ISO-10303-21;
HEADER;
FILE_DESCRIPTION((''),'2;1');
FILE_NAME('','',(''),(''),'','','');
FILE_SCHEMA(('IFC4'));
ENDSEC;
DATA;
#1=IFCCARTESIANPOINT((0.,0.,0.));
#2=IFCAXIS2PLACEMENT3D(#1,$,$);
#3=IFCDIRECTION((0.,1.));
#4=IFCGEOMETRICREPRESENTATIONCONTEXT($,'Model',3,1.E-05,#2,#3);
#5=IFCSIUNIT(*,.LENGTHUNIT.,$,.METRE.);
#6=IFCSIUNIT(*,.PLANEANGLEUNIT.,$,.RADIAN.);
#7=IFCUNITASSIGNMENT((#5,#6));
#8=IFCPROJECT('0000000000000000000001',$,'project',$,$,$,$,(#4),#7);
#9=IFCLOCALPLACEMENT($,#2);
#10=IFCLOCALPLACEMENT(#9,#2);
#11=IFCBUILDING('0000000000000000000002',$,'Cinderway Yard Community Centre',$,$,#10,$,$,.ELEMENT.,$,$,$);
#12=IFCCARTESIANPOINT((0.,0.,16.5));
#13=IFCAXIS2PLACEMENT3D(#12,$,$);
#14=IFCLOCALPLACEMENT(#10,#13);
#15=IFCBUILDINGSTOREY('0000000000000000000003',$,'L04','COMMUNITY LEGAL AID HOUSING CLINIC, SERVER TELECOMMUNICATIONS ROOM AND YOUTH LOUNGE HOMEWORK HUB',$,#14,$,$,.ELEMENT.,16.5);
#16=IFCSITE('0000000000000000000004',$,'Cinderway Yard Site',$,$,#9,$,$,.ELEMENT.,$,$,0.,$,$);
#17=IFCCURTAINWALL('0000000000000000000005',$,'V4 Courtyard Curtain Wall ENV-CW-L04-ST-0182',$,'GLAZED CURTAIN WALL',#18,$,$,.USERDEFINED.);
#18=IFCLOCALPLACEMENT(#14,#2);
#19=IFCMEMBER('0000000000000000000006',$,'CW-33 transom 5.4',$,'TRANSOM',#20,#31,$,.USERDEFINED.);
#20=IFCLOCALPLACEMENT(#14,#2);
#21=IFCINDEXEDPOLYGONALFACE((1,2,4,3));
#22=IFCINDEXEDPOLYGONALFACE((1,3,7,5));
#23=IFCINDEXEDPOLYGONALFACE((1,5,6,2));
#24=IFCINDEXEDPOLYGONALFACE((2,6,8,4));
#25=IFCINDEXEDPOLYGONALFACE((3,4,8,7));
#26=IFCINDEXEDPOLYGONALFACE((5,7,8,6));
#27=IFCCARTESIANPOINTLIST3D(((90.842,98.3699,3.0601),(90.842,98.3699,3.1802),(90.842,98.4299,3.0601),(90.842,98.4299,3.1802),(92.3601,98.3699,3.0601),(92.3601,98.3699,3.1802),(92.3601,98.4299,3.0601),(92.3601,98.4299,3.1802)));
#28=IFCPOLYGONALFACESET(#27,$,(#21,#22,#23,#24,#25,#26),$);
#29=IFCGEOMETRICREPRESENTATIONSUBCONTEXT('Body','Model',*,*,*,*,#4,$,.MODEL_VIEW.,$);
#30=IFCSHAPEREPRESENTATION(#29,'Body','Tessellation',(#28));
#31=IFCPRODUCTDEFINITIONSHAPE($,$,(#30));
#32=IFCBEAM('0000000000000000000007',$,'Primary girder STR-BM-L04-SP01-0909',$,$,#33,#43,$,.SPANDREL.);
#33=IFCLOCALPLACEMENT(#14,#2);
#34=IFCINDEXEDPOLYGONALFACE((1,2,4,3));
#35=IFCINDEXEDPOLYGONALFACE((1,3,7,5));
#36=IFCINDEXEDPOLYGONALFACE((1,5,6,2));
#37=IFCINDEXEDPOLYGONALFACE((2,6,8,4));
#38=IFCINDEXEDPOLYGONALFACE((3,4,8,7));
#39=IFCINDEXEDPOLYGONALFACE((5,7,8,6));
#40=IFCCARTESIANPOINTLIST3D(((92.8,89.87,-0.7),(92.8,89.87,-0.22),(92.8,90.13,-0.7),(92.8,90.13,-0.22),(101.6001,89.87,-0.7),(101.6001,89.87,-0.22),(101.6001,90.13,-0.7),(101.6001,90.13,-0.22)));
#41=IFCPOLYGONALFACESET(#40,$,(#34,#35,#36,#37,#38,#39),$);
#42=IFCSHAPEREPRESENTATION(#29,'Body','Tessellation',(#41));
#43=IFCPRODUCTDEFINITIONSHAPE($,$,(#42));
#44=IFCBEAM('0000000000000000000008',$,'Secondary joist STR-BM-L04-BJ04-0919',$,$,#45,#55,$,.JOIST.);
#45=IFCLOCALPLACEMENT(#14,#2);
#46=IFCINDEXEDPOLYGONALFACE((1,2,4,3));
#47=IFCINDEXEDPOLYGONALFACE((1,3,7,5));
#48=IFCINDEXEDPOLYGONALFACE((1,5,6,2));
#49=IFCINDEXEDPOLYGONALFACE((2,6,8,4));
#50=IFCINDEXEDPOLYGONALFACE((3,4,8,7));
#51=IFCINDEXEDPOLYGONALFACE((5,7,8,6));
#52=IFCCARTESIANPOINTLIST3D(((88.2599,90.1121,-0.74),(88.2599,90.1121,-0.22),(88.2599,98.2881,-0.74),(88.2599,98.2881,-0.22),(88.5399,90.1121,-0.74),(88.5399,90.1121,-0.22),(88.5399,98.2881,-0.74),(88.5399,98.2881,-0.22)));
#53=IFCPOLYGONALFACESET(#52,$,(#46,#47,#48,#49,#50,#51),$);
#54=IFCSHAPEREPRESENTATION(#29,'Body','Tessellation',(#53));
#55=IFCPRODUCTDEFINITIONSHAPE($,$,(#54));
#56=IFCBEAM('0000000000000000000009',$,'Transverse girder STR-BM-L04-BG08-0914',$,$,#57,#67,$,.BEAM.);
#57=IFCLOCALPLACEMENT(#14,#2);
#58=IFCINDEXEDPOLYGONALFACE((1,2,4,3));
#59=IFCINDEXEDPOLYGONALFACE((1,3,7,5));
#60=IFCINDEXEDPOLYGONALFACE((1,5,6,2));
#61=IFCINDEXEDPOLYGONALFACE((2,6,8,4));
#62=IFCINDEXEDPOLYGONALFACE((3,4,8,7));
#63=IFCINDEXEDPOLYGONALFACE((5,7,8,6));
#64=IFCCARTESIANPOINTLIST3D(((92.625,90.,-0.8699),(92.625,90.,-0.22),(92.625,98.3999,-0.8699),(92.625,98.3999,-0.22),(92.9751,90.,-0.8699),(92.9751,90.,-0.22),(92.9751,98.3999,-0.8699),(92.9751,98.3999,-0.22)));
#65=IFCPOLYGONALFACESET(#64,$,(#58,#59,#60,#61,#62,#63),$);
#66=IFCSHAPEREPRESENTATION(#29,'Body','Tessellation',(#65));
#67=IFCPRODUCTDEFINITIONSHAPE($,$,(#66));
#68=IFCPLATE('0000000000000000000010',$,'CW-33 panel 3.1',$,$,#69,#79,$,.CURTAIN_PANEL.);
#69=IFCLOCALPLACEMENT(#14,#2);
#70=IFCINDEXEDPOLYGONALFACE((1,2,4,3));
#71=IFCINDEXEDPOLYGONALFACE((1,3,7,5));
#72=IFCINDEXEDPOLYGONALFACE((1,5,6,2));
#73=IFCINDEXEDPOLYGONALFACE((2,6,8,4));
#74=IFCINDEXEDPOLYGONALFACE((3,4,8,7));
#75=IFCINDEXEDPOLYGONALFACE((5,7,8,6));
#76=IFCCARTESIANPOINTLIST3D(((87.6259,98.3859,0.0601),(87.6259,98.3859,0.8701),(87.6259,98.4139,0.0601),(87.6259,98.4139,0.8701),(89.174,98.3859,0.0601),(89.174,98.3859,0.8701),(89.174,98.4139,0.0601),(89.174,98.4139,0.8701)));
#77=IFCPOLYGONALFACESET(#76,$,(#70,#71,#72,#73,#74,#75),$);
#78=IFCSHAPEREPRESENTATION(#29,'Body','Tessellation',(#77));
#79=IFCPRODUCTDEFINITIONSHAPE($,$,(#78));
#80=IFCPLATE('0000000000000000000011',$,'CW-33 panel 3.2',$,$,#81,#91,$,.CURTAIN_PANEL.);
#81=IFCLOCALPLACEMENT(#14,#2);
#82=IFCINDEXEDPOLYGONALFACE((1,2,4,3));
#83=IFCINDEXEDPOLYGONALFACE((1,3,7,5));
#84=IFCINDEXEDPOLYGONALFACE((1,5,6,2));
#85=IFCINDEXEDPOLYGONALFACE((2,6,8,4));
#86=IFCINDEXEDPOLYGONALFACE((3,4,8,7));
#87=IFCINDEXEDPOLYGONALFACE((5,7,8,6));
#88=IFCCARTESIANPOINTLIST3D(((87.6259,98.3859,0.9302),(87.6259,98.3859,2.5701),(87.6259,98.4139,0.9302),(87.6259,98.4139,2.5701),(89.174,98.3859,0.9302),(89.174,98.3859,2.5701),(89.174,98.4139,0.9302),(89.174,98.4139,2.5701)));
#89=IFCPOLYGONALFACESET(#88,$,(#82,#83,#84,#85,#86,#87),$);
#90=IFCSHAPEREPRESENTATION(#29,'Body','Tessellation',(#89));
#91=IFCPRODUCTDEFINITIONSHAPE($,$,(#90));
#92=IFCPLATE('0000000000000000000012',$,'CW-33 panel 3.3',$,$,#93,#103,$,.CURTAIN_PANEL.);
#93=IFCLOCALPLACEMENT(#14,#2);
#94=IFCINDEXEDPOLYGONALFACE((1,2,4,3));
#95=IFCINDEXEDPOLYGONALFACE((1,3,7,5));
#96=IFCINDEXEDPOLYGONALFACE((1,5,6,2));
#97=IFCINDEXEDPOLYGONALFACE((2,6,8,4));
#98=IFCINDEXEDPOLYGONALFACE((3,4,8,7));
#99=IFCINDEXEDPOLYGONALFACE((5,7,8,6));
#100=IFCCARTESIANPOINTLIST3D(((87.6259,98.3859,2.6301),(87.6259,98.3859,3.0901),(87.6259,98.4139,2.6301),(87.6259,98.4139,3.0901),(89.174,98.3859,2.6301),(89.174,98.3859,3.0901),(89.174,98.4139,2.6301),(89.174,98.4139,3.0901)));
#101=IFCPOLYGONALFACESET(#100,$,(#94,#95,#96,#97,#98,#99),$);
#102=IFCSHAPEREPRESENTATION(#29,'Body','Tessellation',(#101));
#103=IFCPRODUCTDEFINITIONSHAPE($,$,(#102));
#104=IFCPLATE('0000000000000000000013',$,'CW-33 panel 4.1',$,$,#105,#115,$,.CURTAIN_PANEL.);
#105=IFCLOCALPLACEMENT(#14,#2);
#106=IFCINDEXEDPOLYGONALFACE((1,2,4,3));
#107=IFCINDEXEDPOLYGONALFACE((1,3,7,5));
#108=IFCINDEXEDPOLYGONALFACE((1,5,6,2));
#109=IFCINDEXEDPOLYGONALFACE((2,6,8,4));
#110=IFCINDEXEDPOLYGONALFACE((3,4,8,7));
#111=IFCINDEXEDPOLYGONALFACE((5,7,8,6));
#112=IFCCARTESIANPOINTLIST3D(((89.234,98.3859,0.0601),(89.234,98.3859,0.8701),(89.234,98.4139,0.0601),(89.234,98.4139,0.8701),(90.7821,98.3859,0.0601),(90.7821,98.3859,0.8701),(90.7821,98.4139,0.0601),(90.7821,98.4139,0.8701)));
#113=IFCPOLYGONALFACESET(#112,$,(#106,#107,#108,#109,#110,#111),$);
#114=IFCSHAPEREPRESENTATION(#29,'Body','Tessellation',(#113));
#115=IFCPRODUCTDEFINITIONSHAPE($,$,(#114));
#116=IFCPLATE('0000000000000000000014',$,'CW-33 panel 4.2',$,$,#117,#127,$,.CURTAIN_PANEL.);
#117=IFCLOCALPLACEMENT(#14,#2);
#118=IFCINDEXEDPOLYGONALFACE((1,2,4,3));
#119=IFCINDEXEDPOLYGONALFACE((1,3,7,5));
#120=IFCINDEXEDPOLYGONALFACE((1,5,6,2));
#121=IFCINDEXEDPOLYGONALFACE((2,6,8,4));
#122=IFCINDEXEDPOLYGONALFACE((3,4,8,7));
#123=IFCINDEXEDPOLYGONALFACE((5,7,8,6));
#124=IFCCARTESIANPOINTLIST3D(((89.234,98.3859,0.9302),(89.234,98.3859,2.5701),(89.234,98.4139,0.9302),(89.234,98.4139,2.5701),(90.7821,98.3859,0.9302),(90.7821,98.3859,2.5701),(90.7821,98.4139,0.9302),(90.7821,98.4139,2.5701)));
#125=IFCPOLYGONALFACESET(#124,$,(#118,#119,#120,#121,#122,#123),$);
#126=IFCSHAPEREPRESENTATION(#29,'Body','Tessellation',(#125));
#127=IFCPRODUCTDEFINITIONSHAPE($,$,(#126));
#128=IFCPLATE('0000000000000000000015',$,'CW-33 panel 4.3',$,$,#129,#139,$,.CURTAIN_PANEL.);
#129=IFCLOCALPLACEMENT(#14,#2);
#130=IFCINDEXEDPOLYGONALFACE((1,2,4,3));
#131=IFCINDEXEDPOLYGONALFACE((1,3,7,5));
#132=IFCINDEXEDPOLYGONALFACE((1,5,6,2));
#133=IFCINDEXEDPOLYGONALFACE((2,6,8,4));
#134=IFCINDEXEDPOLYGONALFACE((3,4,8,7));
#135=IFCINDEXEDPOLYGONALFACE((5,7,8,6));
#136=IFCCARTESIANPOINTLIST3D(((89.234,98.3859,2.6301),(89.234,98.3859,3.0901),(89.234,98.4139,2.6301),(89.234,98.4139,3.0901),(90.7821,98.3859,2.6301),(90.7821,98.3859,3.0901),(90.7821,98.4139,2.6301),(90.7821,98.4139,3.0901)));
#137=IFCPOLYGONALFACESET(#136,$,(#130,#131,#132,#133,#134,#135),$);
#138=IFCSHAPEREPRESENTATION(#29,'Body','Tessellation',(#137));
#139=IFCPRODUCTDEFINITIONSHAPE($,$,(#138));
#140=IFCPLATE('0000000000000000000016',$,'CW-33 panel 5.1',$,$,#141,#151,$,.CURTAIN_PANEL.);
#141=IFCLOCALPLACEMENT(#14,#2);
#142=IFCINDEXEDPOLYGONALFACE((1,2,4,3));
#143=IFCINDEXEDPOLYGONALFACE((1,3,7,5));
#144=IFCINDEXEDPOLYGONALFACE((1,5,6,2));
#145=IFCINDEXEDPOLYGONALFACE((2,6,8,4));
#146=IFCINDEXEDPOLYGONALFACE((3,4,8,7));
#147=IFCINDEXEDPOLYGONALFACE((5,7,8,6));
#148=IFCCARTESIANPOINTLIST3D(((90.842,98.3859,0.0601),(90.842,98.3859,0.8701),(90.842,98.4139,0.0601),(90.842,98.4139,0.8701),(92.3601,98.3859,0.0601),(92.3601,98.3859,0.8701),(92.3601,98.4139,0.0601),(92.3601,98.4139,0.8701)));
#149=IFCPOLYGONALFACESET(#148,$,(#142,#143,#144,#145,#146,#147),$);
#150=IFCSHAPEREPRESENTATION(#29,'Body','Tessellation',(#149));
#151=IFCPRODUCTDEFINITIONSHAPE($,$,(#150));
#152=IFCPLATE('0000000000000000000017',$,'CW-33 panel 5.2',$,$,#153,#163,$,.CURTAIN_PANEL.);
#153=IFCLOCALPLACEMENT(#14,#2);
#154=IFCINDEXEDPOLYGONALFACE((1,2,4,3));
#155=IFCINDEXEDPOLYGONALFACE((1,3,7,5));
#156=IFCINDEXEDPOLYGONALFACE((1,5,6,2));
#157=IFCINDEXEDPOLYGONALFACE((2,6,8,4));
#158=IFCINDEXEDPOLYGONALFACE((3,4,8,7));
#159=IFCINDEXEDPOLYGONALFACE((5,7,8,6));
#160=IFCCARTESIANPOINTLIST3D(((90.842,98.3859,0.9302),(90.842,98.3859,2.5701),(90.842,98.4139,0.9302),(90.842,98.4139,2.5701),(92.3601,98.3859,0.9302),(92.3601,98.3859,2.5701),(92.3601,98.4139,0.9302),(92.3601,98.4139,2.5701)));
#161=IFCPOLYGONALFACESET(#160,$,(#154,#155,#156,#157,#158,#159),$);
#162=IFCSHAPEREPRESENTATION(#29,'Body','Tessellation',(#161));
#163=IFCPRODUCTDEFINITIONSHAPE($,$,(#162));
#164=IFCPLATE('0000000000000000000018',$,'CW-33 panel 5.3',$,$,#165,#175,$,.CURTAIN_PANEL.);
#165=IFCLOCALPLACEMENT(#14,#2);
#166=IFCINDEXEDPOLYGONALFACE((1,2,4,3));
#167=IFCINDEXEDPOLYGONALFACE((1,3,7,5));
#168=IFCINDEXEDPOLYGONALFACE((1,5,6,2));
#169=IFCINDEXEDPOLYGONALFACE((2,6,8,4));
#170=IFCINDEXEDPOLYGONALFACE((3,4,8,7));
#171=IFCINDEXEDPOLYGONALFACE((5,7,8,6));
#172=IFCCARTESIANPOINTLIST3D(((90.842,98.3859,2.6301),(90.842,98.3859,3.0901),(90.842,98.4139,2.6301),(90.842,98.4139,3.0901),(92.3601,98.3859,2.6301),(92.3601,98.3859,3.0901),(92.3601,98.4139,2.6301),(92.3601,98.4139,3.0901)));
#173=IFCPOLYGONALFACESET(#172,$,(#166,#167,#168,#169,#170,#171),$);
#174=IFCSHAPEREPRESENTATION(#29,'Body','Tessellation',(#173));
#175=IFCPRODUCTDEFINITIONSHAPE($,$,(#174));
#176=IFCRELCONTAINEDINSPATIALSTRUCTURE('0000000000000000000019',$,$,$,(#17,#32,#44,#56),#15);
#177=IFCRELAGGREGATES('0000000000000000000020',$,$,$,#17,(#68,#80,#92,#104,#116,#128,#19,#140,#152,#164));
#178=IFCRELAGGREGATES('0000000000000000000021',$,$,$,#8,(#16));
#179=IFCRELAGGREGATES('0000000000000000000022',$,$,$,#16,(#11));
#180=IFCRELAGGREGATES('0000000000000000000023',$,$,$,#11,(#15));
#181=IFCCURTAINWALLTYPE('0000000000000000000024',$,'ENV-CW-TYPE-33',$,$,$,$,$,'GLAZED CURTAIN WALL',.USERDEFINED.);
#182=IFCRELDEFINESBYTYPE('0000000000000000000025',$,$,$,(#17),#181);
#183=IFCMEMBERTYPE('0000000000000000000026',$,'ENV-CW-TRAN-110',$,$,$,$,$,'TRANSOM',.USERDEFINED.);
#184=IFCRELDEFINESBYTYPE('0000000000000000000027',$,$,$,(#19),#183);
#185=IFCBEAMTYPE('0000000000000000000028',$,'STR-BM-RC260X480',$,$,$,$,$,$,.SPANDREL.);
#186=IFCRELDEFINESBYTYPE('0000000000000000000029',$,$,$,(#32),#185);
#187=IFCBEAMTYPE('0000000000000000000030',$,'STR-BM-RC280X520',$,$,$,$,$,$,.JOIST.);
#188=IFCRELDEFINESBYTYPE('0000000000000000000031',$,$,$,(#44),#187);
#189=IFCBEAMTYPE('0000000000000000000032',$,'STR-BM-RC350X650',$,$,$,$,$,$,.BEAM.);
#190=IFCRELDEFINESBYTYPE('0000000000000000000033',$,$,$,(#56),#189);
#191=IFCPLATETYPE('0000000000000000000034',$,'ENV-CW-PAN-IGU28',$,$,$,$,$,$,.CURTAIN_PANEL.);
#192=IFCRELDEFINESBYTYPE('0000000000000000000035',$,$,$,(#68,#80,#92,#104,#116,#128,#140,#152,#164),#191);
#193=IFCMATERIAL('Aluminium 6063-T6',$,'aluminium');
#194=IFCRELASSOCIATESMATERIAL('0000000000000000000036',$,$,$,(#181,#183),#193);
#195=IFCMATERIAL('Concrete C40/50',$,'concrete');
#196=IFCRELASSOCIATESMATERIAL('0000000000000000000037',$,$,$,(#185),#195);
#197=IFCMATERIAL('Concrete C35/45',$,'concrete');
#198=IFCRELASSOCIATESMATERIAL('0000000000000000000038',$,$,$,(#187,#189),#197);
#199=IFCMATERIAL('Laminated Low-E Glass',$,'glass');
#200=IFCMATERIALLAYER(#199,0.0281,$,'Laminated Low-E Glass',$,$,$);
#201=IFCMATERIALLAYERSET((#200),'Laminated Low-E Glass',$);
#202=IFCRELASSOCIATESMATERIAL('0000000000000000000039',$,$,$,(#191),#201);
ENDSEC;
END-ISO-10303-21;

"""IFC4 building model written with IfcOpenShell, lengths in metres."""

from ifc_helpers import new_model, si_unit, direction, frame, origin, origin_2d, place, context, subcontext, project, spatial, rectangle, extrude, material, layer, layer_set, material_profile, profile_set, type_object, element, aggregate, save


model = new_model("IFC4")

# Units and contexts
model_context = context("Model", 3, precision=1e-05, world=origin(), true_north=direction((0.0, 1.0)))
body_context = subcontext(model_context, "Body", "Model", "MODEL_VIEW")
ifc_project = project(units=[si_unit("LENGTHUNIT", "METRE"), si_unit("PLANEANGLEUNIT", "RADIAN")], contexts=[model_context])

# Site, building, storey
site_placement = place(None, origin())
site = spatial("IfcSite", under=ifc_project, at=site_placement, Name="Cinderway Yard Site", CompositionType="ELEMENT", RefElevation=0.0)
building_placement = place(site_placement, origin())
building = spatial("IfcBuilding", under=site, at=building_placement, Name="Cinderway Yard Community Centre", CompositionType="ELEMENT")
storey_placement = place(building_placement, frame((0.0, 0.0, 16.5)))
storey = spatial("IfcBuildingStorey", under=building, at=storey_placement, Name="L04", Description="COMMUNITY LEGAL AID HOUSING CLINIC, SERVER TELECOMMUNICATIONS ROOM AND YOUTH LOUNGE HOMEWORK HUB", CompositionType="ELEMENT", Elevation=16.5)

# Curtain wall, member
ifc_material_1 = material(Name="Aluminium 6063-T6", Category="aluminium")
curtain_wall_type = type_object("IfcCurtainWallType", Name="ENV-CW-TYPE-33", ElementType="GLAZED CURTAIN WALL", PredefinedType="USERDEFINED", material=ifc_material_1)
curtain_wall_placement = place(storey_placement, origin())
curtain_wall = element("IfcCurtainWall", 1, at=curtain_wall_placement, inside=storey, type_object=curtain_wall_type, Name="V4 Courtyard Curtain Wall ENV-CW-L04-ST-0182", ObjectType="GLAZED CURTAIN WALL", PredefinedType="USERDEFINED")
ifc_material_profile_1 = material_profile(ifc_material_1, rectangle(XDim=0.0601, YDim=0.1201, at=origin_2d()), Name="Aluminium 6063-T6")
ifc_profile_set_1 = profile_set([ifc_material_profile_1], Name="Aluminium 6063-T6")
member_type_1 = type_object("IfcMemberType", Name="ENV-CW-TRAN-110", ElementType="TRANSOM", PredefinedType="USERDEFINED", material=ifc_profile_set_1)
member_1_placement = place(storey_placement, frame((90.842, 98.3999, 3.1201), z_axis=(1.0, 0.0, 0.0), x_axis=(0.0, 1.0, 0.0)))
member_1 = element("IfcMember", 2, at=member_1_placement, type_object=member_type_1, Name="CW-33 transom 5.4", ObjectType="TRANSOM", PredefinedType="USERDEFINED", context=body_context, shape_type="SweptSolid", body=[
    extrude(rectangle(XDim=0.0601, YDim=0.1201, at=origin_2d()), origin(), (0.0, 0.0, 1.0), 1.5181),
])

# Beams
ifc_material_2 = material(Name="Concrete C40/50", Category="concrete")
ifc_material_profile_2 = material_profile(ifc_material_2, rectangle(XDim=0.26, YDim=0.48, at=origin_2d()), Name="Concrete C40/50")
ifc_profile_set_2 = profile_set([ifc_material_profile_2], Name="Concrete C40/50")
beam_type_1 = type_object("IfcBeamType", Name="STR-BM-RC260X480", PredefinedType="SPANDREL", material=ifc_profile_set_2)
beam_1_placement = place(storey_placement, frame((92.8, 90.0, -0.46), z_axis=(1.0, 0.0, 0.0), x_axis=(0.0, 1.0, 0.0)))
element("IfcBeam", 3, at=beam_1_placement, inside=storey, type_object=beam_type_1, Name="Primary girder STR-BM-L04-SP01-0909", PredefinedType="SPANDREL", context=body_context, shape_type="SweptSolid", body=[
    extrude(rectangle(XDim=0.26, YDim=0.48, at=origin_2d()), origin(), (0.0, 0.0, 1.0), 8.8),
])
ifc_material_3 = material(Name="Concrete C35/45", Category="concrete")
ifc_material_profile_3 = material_profile(ifc_material_3, rectangle(XDim=0.28, YDim=0.52, at=origin_2d()), Name="Concrete C35/45")
ifc_profile_set_3 = profile_set([ifc_material_profile_3], Name="Concrete C35/45")
beam_type_2 = type_object("IfcBeamType", Name="STR-BM-RC280X520", PredefinedType="JOIST", material=ifc_profile_set_3)
beam_2_placement = place(storey_placement, frame((88.3999, 90.1121, -0.48), z_axis=(0.0, 1.0, 0.0), x_axis=(-1.0, 0.0, 0.0)))
element("IfcBeam", 4, at=beam_2_placement, inside=storey, type_object=beam_type_2, Name="Secondary joist STR-BM-L04-BJ04-0919", PredefinedType="JOIST", context=body_context, shape_type="SweptSolid", body=[
    extrude(rectangle(XDim=0.28, YDim=0.52, at=origin_2d()), origin(), (0.0, 0.0, 1.0), 8.176),
])
ifc_material_profile_4 = material_profile(ifc_material_3, rectangle(XDim=0.3501, YDim=0.6499, at=origin_2d()), Name="Concrete C35/45")
ifc_profile_set_4 = profile_set([ifc_material_profile_4], Name="Concrete C35/45")
beam_type_3 = type_object("IfcBeamType", Name="STR-BM-RC350X650", PredefinedType="BEAM", material=ifc_profile_set_4)
beam_3_placement = place(storey_placement, frame((92.8, 90.0, -0.5449), z_axis=(0.0, 1.0, 0.0), x_axis=(-1.0, 0.0, 0.0)))
element("IfcBeam", 5, at=beam_3_placement, inside=storey, type_object=beam_type_3, Name="Transverse girder STR-BM-L04-BG08-0914", PredefinedType="BEAM", context=body_context, shape_type="SweptSolid", body=[
    extrude(rectangle(XDim=0.3501, YDim=0.6499, at=origin_2d()), origin(), (0.0, 0.0, 1.0), 8.3999),
])

# Plates
ifc_material_4 = material(Name="Laminated Low-E Glass", Category="glass")
ifc_layer = layer(ifc_material_4, 0.0281, Name="Laminated Low-E Glass")
ifc_layer_set = layer_set([ifc_layer], Name="Laminated Low-E Glass")
plate_type = type_object("IfcPlateType", Name="ENV-CW-PAN-IGU28", PredefinedType="CURTAIN_PANEL", material=ifc_layer_set)
plate_1_placement = place(storey_placement, frame((88.3999, 98.3999, 0.0601), z_axis=(0.0, 0.0, 1.0), x_axis=(1.0, 0.0, 0.0)))
plate_1 = element("IfcPlate", 6, at=plate_1_placement, type_object=plate_type, Name="CW-33 panel 3.1", PredefinedType="CURTAIN_PANEL", context=body_context, shape_type="SweptSolid", body=[
    extrude(rectangle(XDim=1.5481, YDim=0.0281, at=origin_2d()), origin(), (0.0, 0.0, 1.0), 0.8101),
])
plate_2_placement = place(storey_placement, frame((88.3999, 98.3999, 0.9302), z_axis=(0.0, 0.0, 1.0), x_axis=(1.0, 0.0, 0.0)))
plate_2 = element("IfcPlate", 7, at=plate_2_placement, type_object=plate_type, Name="CW-33 panel 3.2", PredefinedType="CURTAIN_PANEL", context=body_context, shape_type="SweptSolid", body=[
    extrude(rectangle(XDim=1.5481, YDim=0.0281, at=origin_2d()), origin(), (0.0, 0.0, 1.0), 1.6399),
])
plate_3_placement = place(storey_placement, frame((88.3999, 98.3999, 2.6301), z_axis=(0.0, 0.0, 1.0), x_axis=(1.0, 0.0, 0.0)))
plate_3 = element("IfcPlate", 8, at=plate_3_placement, type_object=plate_type, Name="CW-33 panel 3.3", PredefinedType="CURTAIN_PANEL", context=body_context, shape_type="SweptSolid", body=[
    extrude(rectangle(XDim=1.5481, YDim=0.0281, at=origin_2d()), origin(), (0.0, 0.0, 1.0), 0.46),
])
plate_4_placement = place(storey_placement, frame((90.0081, 98.3999, 0.0601), z_axis=(0.0, 0.0, 1.0), x_axis=(1.0, 0.0, 0.0)))
plate_4 = element("IfcPlate", 9, at=plate_4_placement, type_object=plate_type, Name="CW-33 panel 4.1", PredefinedType="CURTAIN_PANEL", context=body_context, shape_type="SweptSolid", body=[
    extrude(rectangle(XDim=1.5481, YDim=0.0281, at=origin_2d()), origin(), (0.0, 0.0, 1.0), 0.8101),
])
plate_5_placement = place(storey_placement, frame((90.0081, 98.3999, 0.9302), z_axis=(0.0, 0.0, 1.0), x_axis=(1.0, 0.0, 0.0)))
plate_5 = element("IfcPlate", 10, at=plate_5_placement, type_object=plate_type, Name="CW-33 panel 4.2", PredefinedType="CURTAIN_PANEL", context=body_context, shape_type="SweptSolid", body=[
    extrude(rectangle(XDim=1.5481, YDim=0.0281, at=origin_2d()), origin(), (0.0, 0.0, 1.0), 1.6399),
])
plate_6_placement = place(storey_placement, frame((90.0081, 98.3999, 2.6301), z_axis=(0.0, 0.0, 1.0), x_axis=(1.0, 0.0, 0.0)))
plate_6 = element("IfcPlate", 11, at=plate_6_placement, type_object=plate_type, Name="CW-33 panel 4.3", PredefinedType="CURTAIN_PANEL", context=body_context, shape_type="SweptSolid", body=[
    extrude(rectangle(XDim=1.5481, YDim=0.0281, at=origin_2d()), origin(), (0.0, 0.0, 1.0), 0.46),
])
plate_7_placement = place(storey_placement, frame((91.6011, 98.3999, 0.0601), z_axis=(0.0, 0.0, 1.0), x_axis=(1.0, 0.0, 0.0)))
plate_7 = element("IfcPlate", 12, at=plate_7_placement, type_object=plate_type, Name="CW-33 panel 5.1", PredefinedType="CURTAIN_PANEL", context=body_context, shape_type="SweptSolid", body=[
    extrude(rectangle(XDim=1.5181, YDim=0.0281, at=origin_2d()), origin(), (0.0, 0.0, 1.0), 0.8101),
])
plate_8_placement = place(storey_placement, frame((91.6011, 98.3999, 0.9302), z_axis=(0.0, 0.0, 1.0), x_axis=(1.0, 0.0, 0.0)))
plate_8 = element("IfcPlate", 13, at=plate_8_placement, type_object=plate_type, Name="CW-33 panel 5.2", PredefinedType="CURTAIN_PANEL", context=body_context, shape_type="SweptSolid", body=[
    extrude(rectangle(XDim=1.5181, YDim=0.0281, at=origin_2d()), origin(), (0.0, 0.0, 1.0), 1.6399),
])
plate_9_placement = place(storey_placement, frame((91.6011, 98.3999, 2.6301), z_axis=(0.0, 0.0, 1.0), x_axis=(1.0, 0.0, 0.0)))
plate_9 = element("IfcPlate", 14, at=plate_9_placement, type_object=plate_type, Name="CW-33 panel 5.3", PredefinedType="CURTAIN_PANEL", context=body_context, shape_type="SweptSolid", body=[
    extrude(rectangle(XDim=1.5181, YDim=0.0281, at=origin_2d()), origin(), (0.0, 0.0, 1.0), 0.46),
])
aggregate(curtain_wall, [plate_1, plate_2, plate_3, plate_4, plate_5, plate_6, member_1, plate_7, plate_8, plate_9])

save(model, "model.ifc")
